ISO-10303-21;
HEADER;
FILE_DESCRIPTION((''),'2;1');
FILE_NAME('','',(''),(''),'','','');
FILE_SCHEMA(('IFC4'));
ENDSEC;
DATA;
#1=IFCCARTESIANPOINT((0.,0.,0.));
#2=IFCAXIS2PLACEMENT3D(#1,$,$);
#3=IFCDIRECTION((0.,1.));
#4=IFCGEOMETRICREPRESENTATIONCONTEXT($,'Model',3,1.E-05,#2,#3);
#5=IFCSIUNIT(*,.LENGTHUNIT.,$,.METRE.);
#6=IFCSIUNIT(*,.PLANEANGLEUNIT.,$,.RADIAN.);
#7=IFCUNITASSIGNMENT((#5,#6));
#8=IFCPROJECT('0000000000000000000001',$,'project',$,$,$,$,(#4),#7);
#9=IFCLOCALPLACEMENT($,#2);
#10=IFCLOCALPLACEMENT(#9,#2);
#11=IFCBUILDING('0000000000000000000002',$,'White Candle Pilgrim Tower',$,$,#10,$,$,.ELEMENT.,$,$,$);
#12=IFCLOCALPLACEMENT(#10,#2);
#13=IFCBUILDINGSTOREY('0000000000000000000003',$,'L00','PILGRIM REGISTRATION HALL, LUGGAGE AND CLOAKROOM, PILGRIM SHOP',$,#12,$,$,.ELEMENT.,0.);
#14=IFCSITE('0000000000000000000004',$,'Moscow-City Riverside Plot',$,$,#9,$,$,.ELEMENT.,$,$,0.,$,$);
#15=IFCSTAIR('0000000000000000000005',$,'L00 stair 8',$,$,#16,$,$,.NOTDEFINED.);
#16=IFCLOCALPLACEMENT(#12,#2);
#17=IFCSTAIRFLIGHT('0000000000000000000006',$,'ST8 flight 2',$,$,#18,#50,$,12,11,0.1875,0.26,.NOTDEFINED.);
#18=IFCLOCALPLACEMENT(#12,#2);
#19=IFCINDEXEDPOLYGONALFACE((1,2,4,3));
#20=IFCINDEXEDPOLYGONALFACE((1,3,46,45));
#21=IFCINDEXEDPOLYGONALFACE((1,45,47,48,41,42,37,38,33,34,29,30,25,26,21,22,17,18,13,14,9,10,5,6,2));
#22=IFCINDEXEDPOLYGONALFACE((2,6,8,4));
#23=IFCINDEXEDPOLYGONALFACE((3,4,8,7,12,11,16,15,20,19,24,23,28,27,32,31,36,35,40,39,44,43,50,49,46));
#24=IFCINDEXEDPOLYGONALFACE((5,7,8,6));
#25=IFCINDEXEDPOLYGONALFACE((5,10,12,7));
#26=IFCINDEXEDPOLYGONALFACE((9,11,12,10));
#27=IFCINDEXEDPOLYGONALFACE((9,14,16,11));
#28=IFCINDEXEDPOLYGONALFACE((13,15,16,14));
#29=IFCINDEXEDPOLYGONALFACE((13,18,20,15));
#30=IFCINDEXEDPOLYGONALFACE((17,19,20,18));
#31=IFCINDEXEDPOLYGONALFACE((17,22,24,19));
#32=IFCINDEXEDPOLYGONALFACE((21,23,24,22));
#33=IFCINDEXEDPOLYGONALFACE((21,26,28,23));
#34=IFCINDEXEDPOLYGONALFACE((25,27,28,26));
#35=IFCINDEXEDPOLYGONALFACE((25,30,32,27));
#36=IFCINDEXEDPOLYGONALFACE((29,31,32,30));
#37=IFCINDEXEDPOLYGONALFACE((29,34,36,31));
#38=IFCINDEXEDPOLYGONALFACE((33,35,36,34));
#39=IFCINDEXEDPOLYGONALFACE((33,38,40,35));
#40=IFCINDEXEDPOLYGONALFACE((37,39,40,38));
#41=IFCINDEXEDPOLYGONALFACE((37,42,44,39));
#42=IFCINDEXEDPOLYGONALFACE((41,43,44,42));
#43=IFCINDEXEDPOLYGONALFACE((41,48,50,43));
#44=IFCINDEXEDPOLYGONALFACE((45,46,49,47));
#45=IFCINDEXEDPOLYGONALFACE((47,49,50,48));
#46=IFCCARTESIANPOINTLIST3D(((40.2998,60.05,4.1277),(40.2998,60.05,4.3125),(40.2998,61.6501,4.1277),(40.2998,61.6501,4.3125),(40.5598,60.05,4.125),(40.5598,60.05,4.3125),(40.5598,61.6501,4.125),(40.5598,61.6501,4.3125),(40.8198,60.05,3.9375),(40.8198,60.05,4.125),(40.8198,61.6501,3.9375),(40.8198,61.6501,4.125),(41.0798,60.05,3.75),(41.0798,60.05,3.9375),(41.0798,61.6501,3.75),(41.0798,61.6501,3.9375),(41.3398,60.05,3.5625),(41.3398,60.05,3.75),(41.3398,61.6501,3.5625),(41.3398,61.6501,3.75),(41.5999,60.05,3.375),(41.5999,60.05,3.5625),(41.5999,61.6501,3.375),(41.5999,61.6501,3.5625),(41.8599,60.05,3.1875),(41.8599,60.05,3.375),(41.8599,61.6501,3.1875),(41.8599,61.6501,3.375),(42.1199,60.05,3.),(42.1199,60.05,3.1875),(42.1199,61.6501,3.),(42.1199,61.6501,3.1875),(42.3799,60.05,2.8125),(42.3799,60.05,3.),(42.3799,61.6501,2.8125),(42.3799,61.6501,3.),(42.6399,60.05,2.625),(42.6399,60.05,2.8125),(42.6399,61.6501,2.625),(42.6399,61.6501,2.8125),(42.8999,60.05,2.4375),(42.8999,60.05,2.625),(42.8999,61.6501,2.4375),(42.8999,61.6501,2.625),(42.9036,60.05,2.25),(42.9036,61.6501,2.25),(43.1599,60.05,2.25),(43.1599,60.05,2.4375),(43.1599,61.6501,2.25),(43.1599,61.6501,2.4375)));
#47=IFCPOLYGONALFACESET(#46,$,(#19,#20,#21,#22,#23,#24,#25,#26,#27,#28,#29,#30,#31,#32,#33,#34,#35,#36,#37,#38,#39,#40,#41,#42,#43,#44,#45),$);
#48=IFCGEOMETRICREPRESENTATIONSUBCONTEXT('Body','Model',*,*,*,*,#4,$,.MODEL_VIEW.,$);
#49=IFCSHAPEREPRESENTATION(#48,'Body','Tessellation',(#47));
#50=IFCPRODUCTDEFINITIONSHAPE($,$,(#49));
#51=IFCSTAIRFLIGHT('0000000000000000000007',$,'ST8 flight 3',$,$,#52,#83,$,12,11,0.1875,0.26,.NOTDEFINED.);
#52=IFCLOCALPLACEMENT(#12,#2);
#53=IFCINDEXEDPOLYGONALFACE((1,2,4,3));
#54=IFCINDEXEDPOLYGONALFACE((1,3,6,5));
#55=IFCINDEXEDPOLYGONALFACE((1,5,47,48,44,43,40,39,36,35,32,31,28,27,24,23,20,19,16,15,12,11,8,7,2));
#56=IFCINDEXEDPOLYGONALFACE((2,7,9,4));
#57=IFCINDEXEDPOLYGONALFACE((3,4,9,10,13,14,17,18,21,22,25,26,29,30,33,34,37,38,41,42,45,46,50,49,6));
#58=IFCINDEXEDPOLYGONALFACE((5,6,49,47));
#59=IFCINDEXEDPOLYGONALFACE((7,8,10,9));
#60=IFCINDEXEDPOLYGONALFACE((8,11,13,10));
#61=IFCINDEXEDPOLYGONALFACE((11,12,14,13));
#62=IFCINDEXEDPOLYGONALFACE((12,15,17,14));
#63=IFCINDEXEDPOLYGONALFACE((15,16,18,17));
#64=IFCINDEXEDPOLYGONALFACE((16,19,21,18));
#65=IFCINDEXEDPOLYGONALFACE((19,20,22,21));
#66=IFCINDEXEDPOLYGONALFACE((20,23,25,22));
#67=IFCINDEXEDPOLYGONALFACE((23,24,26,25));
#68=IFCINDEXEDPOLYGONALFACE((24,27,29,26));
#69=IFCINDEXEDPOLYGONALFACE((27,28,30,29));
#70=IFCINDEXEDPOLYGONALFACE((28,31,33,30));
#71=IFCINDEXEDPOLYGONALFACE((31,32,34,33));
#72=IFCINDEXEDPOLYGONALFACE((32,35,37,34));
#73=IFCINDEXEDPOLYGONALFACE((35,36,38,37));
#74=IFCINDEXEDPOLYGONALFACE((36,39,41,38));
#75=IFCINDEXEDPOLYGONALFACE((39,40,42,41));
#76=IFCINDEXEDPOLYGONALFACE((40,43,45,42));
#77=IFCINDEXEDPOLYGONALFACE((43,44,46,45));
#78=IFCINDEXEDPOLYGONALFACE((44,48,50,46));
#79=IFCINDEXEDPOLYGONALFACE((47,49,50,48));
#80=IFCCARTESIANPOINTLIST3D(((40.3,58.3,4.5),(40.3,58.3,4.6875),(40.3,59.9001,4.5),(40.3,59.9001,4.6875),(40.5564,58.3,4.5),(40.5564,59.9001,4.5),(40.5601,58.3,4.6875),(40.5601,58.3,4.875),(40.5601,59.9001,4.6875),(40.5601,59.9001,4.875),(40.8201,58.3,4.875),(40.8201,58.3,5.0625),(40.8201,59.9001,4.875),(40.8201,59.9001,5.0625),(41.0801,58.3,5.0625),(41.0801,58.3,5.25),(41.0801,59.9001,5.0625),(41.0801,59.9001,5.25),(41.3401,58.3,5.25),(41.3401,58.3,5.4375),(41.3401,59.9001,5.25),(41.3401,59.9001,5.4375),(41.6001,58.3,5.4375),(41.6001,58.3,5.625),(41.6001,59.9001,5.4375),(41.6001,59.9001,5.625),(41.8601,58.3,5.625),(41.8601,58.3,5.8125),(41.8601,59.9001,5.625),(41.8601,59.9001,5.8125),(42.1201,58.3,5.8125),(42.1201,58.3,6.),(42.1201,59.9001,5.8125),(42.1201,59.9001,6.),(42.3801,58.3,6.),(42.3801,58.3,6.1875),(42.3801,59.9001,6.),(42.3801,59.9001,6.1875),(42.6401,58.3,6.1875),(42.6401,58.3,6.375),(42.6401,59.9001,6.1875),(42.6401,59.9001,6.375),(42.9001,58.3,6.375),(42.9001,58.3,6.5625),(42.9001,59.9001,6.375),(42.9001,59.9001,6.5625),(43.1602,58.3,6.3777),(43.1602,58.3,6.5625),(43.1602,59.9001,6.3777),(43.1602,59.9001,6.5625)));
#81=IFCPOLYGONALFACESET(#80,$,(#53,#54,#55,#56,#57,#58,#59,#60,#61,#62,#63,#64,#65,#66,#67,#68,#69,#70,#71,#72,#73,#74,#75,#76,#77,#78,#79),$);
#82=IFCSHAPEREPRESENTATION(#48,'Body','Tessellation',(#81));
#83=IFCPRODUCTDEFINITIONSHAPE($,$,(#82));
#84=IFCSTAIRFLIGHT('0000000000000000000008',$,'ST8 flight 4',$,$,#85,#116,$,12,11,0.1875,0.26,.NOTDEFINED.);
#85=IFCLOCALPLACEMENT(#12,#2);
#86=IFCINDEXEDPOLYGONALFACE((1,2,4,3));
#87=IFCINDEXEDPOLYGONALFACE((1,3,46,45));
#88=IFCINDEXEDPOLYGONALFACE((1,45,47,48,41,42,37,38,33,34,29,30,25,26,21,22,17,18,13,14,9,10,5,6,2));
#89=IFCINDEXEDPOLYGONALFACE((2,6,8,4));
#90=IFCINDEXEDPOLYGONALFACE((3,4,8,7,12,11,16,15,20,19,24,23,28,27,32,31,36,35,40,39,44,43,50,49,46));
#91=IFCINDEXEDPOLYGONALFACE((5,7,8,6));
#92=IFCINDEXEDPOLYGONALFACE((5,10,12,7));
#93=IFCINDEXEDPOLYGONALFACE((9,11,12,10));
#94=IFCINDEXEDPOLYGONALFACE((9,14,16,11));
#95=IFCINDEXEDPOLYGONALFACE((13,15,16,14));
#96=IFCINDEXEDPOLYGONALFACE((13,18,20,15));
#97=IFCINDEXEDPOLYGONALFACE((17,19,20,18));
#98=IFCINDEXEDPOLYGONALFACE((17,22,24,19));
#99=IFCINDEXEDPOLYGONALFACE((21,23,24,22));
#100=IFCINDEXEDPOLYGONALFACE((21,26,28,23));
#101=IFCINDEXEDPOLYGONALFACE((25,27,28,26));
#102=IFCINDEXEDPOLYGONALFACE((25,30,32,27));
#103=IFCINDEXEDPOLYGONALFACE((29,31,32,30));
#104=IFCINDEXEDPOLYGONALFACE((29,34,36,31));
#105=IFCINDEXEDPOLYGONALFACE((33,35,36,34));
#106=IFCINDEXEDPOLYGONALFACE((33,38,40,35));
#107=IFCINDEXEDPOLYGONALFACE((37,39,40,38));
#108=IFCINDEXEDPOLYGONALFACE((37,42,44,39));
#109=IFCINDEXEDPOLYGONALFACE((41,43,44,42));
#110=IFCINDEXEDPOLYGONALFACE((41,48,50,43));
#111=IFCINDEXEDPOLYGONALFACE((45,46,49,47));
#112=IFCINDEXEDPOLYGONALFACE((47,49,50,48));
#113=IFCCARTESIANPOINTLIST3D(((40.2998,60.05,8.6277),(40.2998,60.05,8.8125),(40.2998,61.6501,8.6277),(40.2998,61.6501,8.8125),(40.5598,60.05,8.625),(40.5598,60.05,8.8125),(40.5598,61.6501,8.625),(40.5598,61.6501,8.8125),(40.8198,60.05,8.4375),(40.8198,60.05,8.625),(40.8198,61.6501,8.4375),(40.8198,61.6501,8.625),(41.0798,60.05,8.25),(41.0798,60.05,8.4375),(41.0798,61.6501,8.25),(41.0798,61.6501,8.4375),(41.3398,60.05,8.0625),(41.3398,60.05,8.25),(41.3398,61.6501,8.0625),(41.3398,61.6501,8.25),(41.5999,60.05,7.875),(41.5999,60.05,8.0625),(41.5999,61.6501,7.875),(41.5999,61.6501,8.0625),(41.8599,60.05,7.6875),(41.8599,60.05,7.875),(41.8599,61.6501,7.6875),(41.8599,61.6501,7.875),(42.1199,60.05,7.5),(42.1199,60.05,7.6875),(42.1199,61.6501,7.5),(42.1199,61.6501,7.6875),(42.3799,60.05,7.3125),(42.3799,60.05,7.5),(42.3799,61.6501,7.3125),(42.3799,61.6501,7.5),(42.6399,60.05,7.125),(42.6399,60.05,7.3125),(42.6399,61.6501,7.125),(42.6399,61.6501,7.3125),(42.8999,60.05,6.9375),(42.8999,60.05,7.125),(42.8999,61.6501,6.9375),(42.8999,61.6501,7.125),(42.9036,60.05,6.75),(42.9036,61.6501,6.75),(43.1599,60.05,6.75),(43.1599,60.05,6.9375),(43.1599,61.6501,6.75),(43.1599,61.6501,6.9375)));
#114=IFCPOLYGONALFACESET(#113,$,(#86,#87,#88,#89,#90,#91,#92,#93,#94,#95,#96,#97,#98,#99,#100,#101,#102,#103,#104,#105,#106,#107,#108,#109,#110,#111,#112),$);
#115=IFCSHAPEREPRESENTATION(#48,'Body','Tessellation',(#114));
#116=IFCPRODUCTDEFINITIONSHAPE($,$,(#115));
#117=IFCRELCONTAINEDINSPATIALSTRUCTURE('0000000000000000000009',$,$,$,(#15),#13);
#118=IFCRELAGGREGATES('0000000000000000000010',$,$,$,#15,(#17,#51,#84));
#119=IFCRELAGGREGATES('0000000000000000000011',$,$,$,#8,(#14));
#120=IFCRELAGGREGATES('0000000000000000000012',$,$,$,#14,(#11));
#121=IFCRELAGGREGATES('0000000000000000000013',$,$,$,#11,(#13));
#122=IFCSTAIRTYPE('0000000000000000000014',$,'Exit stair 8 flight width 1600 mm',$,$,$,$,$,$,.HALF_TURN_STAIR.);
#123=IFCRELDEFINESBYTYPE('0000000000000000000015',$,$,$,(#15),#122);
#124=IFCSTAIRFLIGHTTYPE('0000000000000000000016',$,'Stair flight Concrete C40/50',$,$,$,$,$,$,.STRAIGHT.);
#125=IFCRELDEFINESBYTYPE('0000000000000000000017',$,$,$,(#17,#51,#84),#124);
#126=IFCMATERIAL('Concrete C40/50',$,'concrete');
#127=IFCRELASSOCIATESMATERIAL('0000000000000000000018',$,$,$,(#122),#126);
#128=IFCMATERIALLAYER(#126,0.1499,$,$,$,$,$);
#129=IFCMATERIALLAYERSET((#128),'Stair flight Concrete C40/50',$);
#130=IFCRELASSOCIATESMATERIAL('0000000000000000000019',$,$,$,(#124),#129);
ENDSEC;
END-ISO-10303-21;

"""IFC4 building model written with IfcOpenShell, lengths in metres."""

from ifc_helpers import new_model, si_unit, direction, frame, origin, place, context, subcontext, project, spatial, polyline, outline, extrude, material, layer, layer_set, type_object, element, aggregate, save


model = new_model("IFC4")

# Units and contexts
model_context = context("Model", 3, precision=1e-05, world=origin(), true_north=direction((0.0, 1.0)))
body_context = subcontext(model_context, "Body", "Model", "MODEL_VIEW")
ifc_project = project(units=[si_unit("LENGTHUNIT", "METRE"), si_unit("PLANEANGLEUNIT", "RADIAN")], contexts=[model_context])

# Site, building, storey
site_placement = place(None, origin())
site = spatial("IfcSite", under=ifc_project, at=site_placement, Name="Moscow-City Riverside Plot", CompositionType="ELEMENT", RefElevation=0.0)
building_placement = place(site_placement, origin())
building = spatial("IfcBuilding", under=site, at=building_placement, Name="White Candle Pilgrim Tower", CompositionType="ELEMENT")
storey_placement = place(building_placement, origin())
storey = spatial("IfcBuildingStorey", under=building, at=storey_placement, Name="L00", Description="PILGRIM REGISTRATION HALL, LUGGAGE AND CLOAKROOM, PILGRIM SHOP", CompositionType="ELEMENT", Elevation=0.0)

# Stair, stair flights
ifc_material_1 = material(Name="Concrete C40/50", Category="concrete")
stair_type = type_object("IfcStairType", Name="Exit stair 8 flight width 1600 mm", PredefinedType="HALF_TURN_STAIR", material=ifc_material_1)
stair_placement = place(storey_placement, origin())
stair = element("IfcStair", 1, at=stair_placement, inside=storey, type_object=stair_type, Name="L00 stair 8", PredefinedType="NOTDEFINED")
ifc_layer_1 = layer(ifc_material_1, 0.1499)
ifc_layer_set_1 = layer_set([ifc_layer_1], Name="Stair flight Concrete C40/50")
stair_flight_type = type_object("IfcStairFlightType", Name="Stair flight Concrete C40/50", PredefinedType="STRAIGHT", material=ifc_layer_set_1)
stair_flight_1_placement = place(storey_placement, frame((43.1599, 60.8501, 2.25), z_axis=(0.0, 0.0, 1.0), x_axis=(-1.0, 0.0, 0.0)))
stair_flight_1 = element("IfcStairFlight", 2, at=stair_flight_1_placement, type_object=stair_flight_type, Name="ST8 flight 2", NumberOfRisers=12, NumberOfTreads=11, PredefinedType="NOTDEFINED", RiserHeight=0.1875, TreadLength=0.26, context=body_context, shape_type="SweptSolid", body=[
    extrude(outline(polyline([(0.0, 0.0), (0.0, 0.1875), (0.26, 0.1875), (0.26, 0.375), (0.52, 0.375), (0.52, 0.5625), (0.78, 0.5625), (0.78, 0.75), (1.04, 0.75), (1.04, 0.9375), (1.3, 0.9375), (1.3, 1.125), (1.5601, 1.125), (1.5601, 1.3125), (1.8201, 1.3125), (1.8201, 1.5), (2.0801, 1.5), (2.0801, 1.6875), (2.3401, 1.6875), (2.3401, 1.875), (2.6001, 1.875), (2.6001, 2.0625), (2.8601, 2.0625), (2.8601, 2.25), (2.8601, 1.8777), (0.2563, 0.0), (0.0, 0.0)])), frame((0.0, 0.8, 0.0), z_axis=(0.0, -1.0, 0.0), x_axis=(1.0, 0.0, 0.0)), (0.0, 0.0, 1.0), 1.6001),
])
stair_flight_2_placement = place(storey_placement, frame((40.3, 59.1001, 4.5), z_axis=(0.0, 0.0, 1.0), x_axis=(1.0, 0.0, 0.0)))
stair_flight_2 = element("IfcStairFlight", 3, at=stair_flight_2_placement, type_object=stair_flight_type, Name="ST8 flight 3", NumberOfRisers=12, NumberOfTreads=11, PredefinedType="NOTDEFINED", RiserHeight=0.1875, TreadLength=0.26, context=body_context, shape_type="SweptSolid", body=[
    extrude(outline(polyline([(0.0, 0.0), (0.0, 0.1875), (0.26, 0.1875), (0.26, 0.375), (0.52, 0.375), (0.52, 0.5625), (0.78, 0.5625), (0.78, 0.75), (1.04, 0.75), (1.04, 0.9375), (1.3, 0.9375), (1.3, 1.125), (1.5601, 1.125), (1.5601, 1.3125), (1.8201, 1.3125), (1.8201, 1.5), (2.0801, 1.5), (2.0801, 1.6875), (2.3401, 1.6875), (2.3401, 1.875), (2.6001, 1.875), (2.6001, 2.0625), (2.8601, 2.0625), (2.8601, 2.25), (2.8601, 1.8777), (0.2563, 0.0), (0.0, 0.0)])), frame((0.0, 0.8, 0.0), z_axis=(0.0, -1.0, 0.0), x_axis=(1.0, 0.0, 0.0)), (0.0, 0.0, 1.0), 1.6001),
])
stair_flight_3_placement = place(storey_placement, frame((43.1599, 60.8501, 6.75), z_axis=(0.0, 0.0, 1.0), x_axis=(-1.0, 0.0, 0.0)))
stair_flight_3 = element("IfcStairFlight", 4, at=stair_flight_3_placement, type_object=stair_flight_type, Name="ST8 flight 4", NumberOfRisers=12, NumberOfTreads=11, PredefinedType="NOTDEFINED", RiserHeight=0.1875, TreadLength=0.26, context=body_context, shape_type="SweptSolid", body=[
    extrude(outline(polyline([(0.0, 0.0), (0.0, 0.1875), (0.26, 0.1875), (0.26, 0.375), (0.52, 0.375), (0.52, 0.5625), (0.78, 0.5625), (0.78, 0.75), (1.04, 0.75), (1.04, 0.9375), (1.3, 0.9375), (1.3, 1.125), (1.5601, 1.125), (1.5601, 1.3125), (1.8201, 1.3125), (1.8201, 1.5), (2.0801, 1.5), (2.0801, 1.6875), (2.3401, 1.6875), (2.3401, 1.875), (2.6001, 1.875), (2.6001, 2.0625), (2.8601, 2.0625), (2.8601, 2.25), (2.8601, 1.8777), (0.2563, 0.0), (0.0, 0.0)])), frame((0.0, 0.8, 0.0), z_axis=(0.0, -1.0, 0.0), x_axis=(1.0, 0.0, 0.0)), (0.0, 0.0, 1.0), 1.6001),
])
aggregate(stair, [stair_flight_1, stair_flight_2, stair_flight_3])

save(model, "model.ifc")
